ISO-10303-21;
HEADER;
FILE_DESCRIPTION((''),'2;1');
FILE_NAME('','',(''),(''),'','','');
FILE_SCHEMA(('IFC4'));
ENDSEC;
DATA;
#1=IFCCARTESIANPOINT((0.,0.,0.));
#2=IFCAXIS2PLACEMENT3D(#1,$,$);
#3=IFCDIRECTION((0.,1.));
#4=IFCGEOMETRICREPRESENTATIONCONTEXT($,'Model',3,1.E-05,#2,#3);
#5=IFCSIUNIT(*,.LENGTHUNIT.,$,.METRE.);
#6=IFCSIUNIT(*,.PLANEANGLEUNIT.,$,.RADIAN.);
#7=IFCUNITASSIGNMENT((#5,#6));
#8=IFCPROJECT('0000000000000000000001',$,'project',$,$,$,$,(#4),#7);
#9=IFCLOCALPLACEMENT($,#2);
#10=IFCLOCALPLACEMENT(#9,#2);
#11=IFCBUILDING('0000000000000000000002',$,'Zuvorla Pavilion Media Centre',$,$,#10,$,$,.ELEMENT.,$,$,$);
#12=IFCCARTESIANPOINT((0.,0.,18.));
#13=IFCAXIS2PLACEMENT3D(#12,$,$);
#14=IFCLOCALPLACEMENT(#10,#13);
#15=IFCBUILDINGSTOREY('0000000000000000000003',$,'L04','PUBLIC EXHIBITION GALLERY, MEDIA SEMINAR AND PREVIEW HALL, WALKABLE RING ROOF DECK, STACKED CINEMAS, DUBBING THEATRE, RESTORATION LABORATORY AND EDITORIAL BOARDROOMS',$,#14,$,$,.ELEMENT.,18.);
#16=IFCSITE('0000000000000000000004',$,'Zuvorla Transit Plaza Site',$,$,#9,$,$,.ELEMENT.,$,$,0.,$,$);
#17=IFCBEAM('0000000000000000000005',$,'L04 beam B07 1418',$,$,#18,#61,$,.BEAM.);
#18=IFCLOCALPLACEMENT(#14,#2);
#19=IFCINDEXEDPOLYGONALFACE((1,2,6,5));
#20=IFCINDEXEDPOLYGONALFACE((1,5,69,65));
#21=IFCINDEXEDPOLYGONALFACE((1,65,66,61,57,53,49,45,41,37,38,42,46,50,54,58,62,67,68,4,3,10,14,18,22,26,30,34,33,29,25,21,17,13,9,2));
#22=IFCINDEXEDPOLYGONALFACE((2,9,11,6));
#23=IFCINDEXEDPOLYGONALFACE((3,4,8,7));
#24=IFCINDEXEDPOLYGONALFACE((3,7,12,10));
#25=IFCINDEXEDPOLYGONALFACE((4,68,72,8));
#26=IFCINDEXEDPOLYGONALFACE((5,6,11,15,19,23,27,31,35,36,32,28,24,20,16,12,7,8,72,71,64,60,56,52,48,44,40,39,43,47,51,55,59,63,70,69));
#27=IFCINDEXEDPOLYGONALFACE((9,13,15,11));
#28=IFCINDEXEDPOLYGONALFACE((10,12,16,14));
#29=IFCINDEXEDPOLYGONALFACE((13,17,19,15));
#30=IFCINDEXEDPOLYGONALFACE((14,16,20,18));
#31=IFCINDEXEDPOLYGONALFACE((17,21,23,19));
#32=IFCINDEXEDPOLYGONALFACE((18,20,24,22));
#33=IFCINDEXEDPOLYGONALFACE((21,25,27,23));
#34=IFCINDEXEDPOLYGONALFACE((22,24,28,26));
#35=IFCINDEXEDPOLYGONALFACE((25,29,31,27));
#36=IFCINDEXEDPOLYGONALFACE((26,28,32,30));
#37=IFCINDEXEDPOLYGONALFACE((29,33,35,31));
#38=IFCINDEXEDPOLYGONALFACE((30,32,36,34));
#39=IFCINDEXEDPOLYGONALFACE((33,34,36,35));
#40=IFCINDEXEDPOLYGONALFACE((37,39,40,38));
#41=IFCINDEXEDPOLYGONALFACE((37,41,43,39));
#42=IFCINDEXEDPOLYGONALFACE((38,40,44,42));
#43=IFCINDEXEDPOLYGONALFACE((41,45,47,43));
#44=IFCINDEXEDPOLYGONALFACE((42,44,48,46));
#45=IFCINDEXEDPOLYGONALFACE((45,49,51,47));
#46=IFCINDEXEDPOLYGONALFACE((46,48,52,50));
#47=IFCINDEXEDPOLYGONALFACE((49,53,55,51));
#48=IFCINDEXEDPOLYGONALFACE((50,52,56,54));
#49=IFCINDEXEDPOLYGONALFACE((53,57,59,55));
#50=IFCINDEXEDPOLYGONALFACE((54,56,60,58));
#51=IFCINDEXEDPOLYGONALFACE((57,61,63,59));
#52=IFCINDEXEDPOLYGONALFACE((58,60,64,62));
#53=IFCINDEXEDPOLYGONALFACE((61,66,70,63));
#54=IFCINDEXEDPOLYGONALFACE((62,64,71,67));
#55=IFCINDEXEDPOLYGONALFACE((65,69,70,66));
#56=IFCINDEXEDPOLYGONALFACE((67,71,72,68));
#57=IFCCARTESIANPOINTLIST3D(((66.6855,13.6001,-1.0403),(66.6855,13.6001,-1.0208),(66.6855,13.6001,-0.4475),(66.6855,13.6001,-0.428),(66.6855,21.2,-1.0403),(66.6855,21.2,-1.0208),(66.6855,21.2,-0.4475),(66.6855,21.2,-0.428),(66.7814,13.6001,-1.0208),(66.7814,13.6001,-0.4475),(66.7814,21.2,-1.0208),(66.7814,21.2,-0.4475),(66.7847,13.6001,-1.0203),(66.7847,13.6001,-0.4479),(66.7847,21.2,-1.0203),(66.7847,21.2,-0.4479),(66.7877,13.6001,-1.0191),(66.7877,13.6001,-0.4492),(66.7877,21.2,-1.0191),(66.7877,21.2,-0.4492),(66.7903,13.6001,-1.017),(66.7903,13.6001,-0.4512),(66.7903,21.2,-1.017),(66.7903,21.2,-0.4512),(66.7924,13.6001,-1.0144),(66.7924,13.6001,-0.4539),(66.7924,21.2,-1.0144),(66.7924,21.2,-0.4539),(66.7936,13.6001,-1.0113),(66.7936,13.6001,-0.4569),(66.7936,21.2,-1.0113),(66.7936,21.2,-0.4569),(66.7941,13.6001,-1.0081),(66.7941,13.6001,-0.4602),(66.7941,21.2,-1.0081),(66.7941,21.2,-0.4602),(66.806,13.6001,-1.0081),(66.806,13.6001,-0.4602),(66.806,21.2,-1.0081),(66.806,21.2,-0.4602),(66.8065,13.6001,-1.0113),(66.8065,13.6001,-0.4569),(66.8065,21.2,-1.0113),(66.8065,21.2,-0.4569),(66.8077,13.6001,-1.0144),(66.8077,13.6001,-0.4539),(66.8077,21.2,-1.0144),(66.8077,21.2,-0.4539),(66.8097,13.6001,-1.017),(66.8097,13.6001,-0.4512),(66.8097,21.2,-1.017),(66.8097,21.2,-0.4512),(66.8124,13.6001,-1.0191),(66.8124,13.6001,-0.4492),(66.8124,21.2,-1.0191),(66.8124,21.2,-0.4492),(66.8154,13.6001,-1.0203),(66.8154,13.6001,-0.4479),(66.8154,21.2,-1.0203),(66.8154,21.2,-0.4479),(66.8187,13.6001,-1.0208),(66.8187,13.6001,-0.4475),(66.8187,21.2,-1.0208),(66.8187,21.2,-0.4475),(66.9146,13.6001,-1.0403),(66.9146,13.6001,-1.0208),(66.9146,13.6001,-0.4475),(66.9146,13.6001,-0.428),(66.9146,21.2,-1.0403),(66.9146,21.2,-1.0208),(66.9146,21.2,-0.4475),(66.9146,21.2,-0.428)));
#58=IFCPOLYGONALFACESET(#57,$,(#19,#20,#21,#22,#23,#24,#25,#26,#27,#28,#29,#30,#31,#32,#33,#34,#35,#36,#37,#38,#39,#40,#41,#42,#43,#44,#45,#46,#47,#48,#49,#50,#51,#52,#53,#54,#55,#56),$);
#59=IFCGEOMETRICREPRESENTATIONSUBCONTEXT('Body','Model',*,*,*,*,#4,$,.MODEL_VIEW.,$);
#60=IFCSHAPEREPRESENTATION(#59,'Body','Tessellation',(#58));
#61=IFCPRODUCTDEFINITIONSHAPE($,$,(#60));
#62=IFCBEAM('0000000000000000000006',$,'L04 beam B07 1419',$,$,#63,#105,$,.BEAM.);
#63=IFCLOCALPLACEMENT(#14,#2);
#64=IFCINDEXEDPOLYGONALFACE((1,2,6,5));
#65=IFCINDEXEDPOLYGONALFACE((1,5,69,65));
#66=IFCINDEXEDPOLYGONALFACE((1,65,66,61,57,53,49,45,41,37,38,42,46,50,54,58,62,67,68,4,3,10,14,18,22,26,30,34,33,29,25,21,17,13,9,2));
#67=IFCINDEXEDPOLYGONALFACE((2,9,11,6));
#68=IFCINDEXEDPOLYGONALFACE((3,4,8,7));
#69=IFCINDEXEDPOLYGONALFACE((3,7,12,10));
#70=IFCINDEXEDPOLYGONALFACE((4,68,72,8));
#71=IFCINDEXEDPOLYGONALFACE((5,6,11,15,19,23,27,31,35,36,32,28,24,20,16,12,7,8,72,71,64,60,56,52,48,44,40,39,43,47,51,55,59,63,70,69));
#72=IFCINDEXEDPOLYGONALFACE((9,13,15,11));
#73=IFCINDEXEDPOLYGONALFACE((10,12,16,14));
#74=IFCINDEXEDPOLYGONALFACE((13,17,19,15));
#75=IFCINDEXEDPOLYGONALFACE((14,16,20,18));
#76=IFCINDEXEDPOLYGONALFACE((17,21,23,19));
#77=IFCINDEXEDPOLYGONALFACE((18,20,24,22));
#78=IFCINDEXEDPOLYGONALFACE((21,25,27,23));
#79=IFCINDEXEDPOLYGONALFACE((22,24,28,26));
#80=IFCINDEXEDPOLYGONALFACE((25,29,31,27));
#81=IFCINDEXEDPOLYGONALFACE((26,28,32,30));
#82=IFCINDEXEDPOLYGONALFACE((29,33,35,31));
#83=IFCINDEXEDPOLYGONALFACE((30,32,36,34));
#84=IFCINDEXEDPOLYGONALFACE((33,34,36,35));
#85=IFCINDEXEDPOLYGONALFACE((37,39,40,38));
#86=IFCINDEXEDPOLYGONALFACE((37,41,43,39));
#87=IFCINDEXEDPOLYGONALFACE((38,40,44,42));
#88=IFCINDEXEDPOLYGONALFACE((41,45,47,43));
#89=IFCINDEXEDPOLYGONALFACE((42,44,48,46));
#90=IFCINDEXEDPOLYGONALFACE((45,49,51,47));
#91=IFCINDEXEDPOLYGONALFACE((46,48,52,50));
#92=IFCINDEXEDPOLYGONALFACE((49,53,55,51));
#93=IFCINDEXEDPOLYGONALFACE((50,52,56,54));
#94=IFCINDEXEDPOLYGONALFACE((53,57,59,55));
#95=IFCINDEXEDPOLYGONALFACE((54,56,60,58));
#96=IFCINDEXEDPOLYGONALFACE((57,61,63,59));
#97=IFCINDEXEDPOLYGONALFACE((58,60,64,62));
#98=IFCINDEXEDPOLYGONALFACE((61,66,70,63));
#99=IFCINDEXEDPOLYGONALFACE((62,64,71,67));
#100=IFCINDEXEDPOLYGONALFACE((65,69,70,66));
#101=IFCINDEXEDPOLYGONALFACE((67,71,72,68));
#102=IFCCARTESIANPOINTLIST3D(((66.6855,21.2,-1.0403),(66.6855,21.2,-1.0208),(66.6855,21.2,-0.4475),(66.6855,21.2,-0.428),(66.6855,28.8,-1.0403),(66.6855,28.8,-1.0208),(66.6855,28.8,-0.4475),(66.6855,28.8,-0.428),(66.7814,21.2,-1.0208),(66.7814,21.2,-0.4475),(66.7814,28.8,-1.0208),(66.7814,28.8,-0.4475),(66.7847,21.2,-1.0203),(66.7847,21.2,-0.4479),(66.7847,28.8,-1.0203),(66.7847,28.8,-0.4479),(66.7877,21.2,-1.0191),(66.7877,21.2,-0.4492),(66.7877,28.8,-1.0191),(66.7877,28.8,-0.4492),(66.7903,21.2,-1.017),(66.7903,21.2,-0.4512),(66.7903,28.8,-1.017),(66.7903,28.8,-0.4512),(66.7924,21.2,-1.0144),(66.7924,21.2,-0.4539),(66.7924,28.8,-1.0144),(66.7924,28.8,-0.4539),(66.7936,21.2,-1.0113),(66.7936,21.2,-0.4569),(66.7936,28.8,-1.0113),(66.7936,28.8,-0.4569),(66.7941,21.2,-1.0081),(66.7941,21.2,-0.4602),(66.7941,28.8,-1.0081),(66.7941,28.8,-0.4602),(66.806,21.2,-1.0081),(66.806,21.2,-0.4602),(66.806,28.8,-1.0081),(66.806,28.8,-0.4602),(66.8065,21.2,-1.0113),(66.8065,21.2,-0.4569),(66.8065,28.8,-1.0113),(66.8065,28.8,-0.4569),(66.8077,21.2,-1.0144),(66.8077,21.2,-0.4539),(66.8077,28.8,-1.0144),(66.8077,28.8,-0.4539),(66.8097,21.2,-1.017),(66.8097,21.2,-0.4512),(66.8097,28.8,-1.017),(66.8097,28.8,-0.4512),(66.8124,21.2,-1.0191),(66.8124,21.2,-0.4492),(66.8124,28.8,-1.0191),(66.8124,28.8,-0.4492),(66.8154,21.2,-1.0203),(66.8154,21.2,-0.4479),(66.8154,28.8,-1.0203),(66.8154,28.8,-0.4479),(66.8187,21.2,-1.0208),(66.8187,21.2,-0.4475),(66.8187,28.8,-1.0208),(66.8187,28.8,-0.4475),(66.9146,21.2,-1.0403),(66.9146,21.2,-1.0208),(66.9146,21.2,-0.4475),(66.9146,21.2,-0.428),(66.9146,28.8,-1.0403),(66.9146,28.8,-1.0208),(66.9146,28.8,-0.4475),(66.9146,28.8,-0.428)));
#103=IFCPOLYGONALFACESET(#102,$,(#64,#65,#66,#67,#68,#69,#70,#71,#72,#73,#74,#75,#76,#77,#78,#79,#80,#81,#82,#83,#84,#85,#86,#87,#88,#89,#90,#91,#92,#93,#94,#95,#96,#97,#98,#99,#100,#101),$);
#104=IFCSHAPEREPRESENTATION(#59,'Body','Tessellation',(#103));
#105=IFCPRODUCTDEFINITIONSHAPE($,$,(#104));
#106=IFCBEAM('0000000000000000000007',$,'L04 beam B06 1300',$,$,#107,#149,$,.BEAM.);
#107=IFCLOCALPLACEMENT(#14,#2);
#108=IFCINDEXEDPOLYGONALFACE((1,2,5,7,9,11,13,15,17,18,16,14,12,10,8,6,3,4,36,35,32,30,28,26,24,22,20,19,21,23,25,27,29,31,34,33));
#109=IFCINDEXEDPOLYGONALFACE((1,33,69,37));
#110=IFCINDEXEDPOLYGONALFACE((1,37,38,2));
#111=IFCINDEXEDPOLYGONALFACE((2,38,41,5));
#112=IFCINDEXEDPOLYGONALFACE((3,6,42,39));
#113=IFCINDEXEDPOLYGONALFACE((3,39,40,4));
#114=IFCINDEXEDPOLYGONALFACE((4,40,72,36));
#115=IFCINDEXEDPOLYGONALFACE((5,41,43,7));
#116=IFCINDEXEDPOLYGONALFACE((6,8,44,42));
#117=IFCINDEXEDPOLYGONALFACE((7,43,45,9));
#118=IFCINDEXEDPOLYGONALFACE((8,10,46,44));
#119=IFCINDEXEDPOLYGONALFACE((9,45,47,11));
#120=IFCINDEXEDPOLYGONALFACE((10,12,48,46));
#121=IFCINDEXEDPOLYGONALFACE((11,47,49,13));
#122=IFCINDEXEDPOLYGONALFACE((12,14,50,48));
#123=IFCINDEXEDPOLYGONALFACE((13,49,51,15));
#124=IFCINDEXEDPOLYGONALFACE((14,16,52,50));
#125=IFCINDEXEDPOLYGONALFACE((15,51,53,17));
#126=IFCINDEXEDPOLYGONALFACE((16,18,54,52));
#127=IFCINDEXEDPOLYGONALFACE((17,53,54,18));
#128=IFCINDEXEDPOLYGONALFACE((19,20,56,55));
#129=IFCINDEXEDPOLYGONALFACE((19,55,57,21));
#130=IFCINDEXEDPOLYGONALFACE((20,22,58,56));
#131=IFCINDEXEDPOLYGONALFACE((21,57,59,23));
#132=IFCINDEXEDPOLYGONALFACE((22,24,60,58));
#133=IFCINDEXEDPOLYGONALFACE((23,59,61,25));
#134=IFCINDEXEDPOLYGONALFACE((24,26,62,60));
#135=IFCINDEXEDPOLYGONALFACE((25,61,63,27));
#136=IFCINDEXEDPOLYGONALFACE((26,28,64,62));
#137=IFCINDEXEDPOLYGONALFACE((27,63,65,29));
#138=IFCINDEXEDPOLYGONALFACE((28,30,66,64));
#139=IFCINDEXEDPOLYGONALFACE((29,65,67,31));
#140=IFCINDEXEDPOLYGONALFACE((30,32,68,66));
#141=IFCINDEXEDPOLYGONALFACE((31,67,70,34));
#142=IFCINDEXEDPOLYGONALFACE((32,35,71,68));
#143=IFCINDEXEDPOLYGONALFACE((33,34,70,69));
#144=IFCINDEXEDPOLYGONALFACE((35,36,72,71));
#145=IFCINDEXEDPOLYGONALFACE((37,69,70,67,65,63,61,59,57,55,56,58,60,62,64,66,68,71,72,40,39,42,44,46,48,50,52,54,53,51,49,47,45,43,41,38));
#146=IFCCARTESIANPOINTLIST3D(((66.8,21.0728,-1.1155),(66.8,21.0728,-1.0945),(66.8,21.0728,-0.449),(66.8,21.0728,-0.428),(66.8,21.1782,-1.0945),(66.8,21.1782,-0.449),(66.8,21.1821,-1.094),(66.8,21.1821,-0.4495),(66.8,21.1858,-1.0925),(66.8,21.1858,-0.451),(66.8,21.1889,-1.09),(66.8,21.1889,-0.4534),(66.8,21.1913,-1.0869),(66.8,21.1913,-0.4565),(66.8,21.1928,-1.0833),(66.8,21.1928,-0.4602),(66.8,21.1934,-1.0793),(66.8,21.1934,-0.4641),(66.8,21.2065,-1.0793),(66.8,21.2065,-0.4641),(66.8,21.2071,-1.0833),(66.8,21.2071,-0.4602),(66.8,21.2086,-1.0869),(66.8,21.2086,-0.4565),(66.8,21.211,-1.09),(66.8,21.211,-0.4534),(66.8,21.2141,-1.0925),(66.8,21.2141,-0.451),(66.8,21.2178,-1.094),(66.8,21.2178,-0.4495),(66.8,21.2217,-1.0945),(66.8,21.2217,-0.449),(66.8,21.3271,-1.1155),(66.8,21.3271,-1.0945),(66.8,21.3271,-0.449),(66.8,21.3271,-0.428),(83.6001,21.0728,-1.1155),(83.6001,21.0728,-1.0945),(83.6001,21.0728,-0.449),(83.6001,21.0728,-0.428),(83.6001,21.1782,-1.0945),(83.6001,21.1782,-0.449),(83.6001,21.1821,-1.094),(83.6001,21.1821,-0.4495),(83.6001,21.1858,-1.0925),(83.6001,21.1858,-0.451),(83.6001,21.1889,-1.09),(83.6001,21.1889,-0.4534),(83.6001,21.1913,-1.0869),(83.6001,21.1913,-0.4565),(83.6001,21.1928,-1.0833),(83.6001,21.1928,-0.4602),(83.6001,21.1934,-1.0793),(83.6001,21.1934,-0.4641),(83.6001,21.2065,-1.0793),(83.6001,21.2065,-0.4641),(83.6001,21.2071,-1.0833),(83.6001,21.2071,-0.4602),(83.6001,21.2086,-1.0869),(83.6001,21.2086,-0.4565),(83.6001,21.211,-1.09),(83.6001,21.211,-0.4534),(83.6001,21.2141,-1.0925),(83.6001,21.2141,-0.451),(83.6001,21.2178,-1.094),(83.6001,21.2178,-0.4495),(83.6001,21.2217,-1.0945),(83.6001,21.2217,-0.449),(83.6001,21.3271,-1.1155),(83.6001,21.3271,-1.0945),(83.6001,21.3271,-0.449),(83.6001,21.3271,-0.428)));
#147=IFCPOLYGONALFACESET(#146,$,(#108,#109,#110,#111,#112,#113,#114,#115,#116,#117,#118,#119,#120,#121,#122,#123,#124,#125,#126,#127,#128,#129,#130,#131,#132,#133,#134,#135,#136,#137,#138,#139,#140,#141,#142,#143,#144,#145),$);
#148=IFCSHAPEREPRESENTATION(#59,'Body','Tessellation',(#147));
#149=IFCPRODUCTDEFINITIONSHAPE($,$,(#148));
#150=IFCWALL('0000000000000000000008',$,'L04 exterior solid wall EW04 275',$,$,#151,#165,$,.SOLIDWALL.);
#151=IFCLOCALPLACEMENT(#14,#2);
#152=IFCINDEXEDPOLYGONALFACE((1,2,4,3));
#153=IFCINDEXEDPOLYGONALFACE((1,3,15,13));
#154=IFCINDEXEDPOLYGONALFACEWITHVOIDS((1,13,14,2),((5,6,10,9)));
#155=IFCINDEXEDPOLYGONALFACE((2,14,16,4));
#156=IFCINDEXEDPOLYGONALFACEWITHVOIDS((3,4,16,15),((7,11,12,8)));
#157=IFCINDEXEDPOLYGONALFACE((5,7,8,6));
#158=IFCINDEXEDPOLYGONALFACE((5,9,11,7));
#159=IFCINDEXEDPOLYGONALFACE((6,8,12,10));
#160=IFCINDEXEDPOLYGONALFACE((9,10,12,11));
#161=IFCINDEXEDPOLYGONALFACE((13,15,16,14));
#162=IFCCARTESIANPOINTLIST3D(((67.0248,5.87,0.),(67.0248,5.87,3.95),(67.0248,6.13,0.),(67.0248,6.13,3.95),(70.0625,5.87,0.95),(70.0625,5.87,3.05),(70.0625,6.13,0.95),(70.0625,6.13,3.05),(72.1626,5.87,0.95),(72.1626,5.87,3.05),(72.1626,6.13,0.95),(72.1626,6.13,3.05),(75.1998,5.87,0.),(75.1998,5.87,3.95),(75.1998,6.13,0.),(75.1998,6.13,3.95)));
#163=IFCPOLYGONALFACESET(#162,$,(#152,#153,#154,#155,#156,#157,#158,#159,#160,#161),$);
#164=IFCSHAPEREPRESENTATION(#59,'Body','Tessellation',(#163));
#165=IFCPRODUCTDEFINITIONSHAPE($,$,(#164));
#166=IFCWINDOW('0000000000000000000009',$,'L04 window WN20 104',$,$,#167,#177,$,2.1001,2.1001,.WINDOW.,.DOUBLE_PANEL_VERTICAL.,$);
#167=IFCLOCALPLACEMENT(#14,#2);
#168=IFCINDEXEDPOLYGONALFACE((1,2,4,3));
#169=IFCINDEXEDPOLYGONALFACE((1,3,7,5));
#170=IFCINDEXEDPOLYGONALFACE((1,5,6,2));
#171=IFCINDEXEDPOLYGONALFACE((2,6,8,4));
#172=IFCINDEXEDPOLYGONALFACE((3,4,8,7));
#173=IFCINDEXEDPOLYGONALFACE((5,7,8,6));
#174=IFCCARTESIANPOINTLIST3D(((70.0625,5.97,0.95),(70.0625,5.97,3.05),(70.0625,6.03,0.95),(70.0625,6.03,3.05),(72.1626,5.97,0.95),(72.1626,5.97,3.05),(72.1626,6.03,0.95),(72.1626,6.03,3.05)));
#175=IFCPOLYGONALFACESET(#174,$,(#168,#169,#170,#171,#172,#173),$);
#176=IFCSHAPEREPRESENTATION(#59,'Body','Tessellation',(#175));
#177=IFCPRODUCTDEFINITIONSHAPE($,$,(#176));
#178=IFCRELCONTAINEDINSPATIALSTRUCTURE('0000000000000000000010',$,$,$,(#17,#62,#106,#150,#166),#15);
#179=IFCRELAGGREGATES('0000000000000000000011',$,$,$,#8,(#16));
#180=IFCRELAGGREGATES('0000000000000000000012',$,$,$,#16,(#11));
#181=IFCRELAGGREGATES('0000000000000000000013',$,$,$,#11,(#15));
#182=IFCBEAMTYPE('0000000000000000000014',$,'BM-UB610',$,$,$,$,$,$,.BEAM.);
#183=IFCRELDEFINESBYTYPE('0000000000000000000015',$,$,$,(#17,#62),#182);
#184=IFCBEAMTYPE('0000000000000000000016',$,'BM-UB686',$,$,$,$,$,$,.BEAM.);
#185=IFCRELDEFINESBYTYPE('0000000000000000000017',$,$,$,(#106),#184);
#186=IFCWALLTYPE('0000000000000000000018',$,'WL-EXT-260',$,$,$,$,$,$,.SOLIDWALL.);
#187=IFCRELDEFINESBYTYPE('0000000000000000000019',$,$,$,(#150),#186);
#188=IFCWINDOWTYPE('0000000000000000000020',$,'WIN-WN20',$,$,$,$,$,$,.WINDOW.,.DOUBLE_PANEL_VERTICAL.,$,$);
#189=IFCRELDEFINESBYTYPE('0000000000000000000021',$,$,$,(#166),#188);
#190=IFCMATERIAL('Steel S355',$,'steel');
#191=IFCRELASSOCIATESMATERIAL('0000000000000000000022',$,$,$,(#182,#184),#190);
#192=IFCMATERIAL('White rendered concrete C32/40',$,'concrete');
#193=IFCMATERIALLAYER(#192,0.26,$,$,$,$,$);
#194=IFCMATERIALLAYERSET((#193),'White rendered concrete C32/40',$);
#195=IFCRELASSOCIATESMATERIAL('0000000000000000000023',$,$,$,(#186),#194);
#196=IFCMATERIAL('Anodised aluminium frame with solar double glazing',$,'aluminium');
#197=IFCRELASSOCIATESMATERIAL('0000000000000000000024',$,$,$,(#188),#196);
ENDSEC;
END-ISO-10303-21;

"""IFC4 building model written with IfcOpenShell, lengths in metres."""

from ifc_helpers import new_model, si_unit, direction, frame, frame_2d, origin, origin_2d, place, context, subcontext, project, spatial, rectangle, i_section, extrude, material, layer, layer_set, material_profile, profile_set, type_object, element, fill, save


model = new_model("IFC4")

# Units and contexts
model_context = context("Model", 3, precision=1e-05, world=origin(), true_north=direction((0.0, 1.0)))
body_context = subcontext(model_context, "Body", "Model", "MODEL_VIEW")
ifc_project = project(units=[si_unit("LENGTHUNIT", "METRE"), si_unit("PLANEANGLEUNIT", "RADIAN")], contexts=[model_context])

# Site, building, storey
site_placement = place(None, origin())
site = spatial("IfcSite", under=ifc_project, at=site_placement, Name="Zuvorla Transit Plaza Site", CompositionType="ELEMENT", RefElevation=0.0)
building_placement = place(site_placement, origin())
building = spatial("IfcBuilding", under=site, at=building_placement, Name="Zuvorla Pavilion Media Centre", CompositionType="ELEMENT")
storey_placement = place(building_placement, frame((0.0, 0.0, 18.0)))
storey = spatial("IfcBuildingStorey", under=building, at=storey_placement, Name="L04", Description="PUBLIC EXHIBITION GALLERY, MEDIA SEMINAR AND PREVIEW HALL, WALKABLE RING ROOF DECK, STACKED CINEMAS, DUBBING THEATRE, RESTORATION LABORATORY AND EDITORIAL BOARDROOMS", CompositionType="ELEMENT", Elevation=18.0)

# Beams
ifc_material_1 = material(Name="Steel S355", Category="steel")
ifc_material_profile_1 = material_profile(ifc_material_1, i_section(OverallWidth=0.229, OverallDepth=0.6123, WebThickness=0.012, FlangeThickness=0.0195, FilletRadius=0.0127, at=origin_2d()), Name="UB 610x229x125")
ifc_profile_set_1 = profile_set([ifc_material_profile_1], Name="Steel S355")
beam_type_1 = type_object("IfcBeamType", Name="BM-UB610", PredefinedType="BEAM", material=ifc_profile_set_1)
beam_1_placement = place(storey_placement, frame((66.8, 13.6001, -0.7341), z_axis=(0.0, 1.0, 0.0), x_axis=(-1.0, 0.0, 0.0)))
element("IfcBeam", 1, at=beam_1_placement, inside=storey, type_object=beam_type_1, Name="L04 beam B07 1418", PredefinedType="BEAM", context=body_context, shape_type="SweptSolid", body=[
    extrude(i_section(OverallWidth=0.229, OverallDepth=0.6123, WebThickness=0.012, FlangeThickness=0.0195, FilletRadius=0.0127, at=origin_2d()), origin(), (0.0, 0.0, 1.0), 7.5999),
])
beam_2_placement = place(storey_placement, frame((66.8, 21.2, -0.7341), z_axis=(0.0, 1.0, 0.0), x_axis=(-1.0, 0.0, 0.0)))
element("IfcBeam", 2, at=beam_2_placement, inside=storey, type_object=beam_type_1, Name="L04 beam B07 1419", PredefinedType="BEAM", context=body_context, shape_type="SweptSolid", body=[
    extrude(i_section(OverallWidth=0.229, OverallDepth=0.6123, WebThickness=0.012, FlangeThickness=0.0195, FilletRadius=0.0127, at=origin_2d()), origin(), (0.0, 0.0, 1.0), 7.6001),
])
ifc_material_profile_2 = material_profile(ifc_material_1, i_section(OverallWidth=0.2544, OverallDepth=0.6875, WebThickness=0.0132, FlangeThickness=0.021, FilletRadius=0.0151, at=origin_2d()), Name="UB 686x254x152")
ifc_profile_set_2 = profile_set([ifc_material_profile_2], Name="Steel S355")
beam_type_2 = type_object("IfcBeamType", Name="BM-UB686", PredefinedType="BEAM", material=ifc_profile_set_2)
beam_3_placement = place(storey_placement, frame((66.8, 21.2, -0.7717), z_axis=(1.0, 0.0, 0.0), x_axis=(0.0, 1.0, 0.0)))
element("IfcBeam", 3, at=beam_3_placement, inside=storey, type_object=beam_type_2, Name="L04 beam B06 1300", PredefinedType="BEAM", context=body_context, shape_type="SweptSolid", body=[
    extrude(i_section(OverallWidth=0.2544, OverallDepth=0.6875, WebThickness=0.0132, FlangeThickness=0.021, FilletRadius=0.0151, at=origin_2d()), origin(), (0.0, 0.0, 1.0), 16.8),
])

# Wall, opening, window
ifc_material_2 = material(Name="White rendered concrete C32/40", Category="concrete")
ifc_layer_1 = layer(ifc_material_2, 0.26)
ifc_layer_set_1 = layer_set([ifc_layer_1], Name="White rendered concrete C32/40")
wall_type_1 = type_object("IfcWallType", Name="WL-EXT-260", PredefinedType="SOLIDWALL", material=ifc_layer_set_1)
wall_1_placement = place(storey_placement, frame((67.0249, 6.0, 0.0), z_axis=(0.0, 0.0, 1.0), x_axis=(1.0, 0.0, 0.0)))
wall_1 = element("IfcWall", 4, at=wall_1_placement, inside=storey, type_object=wall_type_1, Name="L04 exterior solid wall EW04 275", PredefinedType="SOLIDWALL", context=body_context, shape_type="SweptSolid", body=[
    extrude(rectangle(XDim=8.175, YDim=0.26, at=frame_2d((4.0874, 0.0))), origin(), (0.0, 0.0, 1.0), 3.95),
])
opening_1_placement = place(wall_1_placement, frame((3.0376, 0.0, 0.95)))
opening_1 = element("IfcOpeningElement", 5, at=opening_1_placement, cuts=wall_1, PredefinedType="OPENING", context=body_context, shape_type="SweptSolid", body=[
    extrude(rectangle(XDim=2.1001, YDim=2.1001, at=frame_2d((1.05, 1.05))), frame((0.0, 0.1399, 0.0), z_axis=(0.0, -1.0, 0.0), x_axis=(1.0, 0.0, 0.0)), (0.0, 0.0, 1.0), 0.28),
])
ifc_material_3 = material(Name="Anodised aluminium frame with solar double glazing", Category="aluminium")
window_type_1 = type_object("IfcWindowType", Name="WIN-WN20", PartitioningType="DOUBLE_PANEL_VERTICAL", PredefinedType="WINDOW", material=ifc_material_3)
window_1_placement = place(opening_1_placement, origin())
window_1 = element("IfcWindow", 6, at=window_1_placement, inside=storey, type_object=window_type_1, Name="L04 window WN20 104", OverallHeight=2.1001, OverallWidth=2.1001, PartitioningType="DOUBLE_PANEL_VERTICAL", PredefinedType="WINDOW", context=body_context, shape_type="SweptSolid", body=[
    extrude(rectangle(XDim=2.1001, YDim=2.1001, at=frame_2d((1.05, 1.05))), frame((0.0, 0.03, 0.0), z_axis=(0.0, -1.0, 0.0), x_axis=(1.0, 0.0, 0.0)), (0.0, 0.0, 1.0), 0.0601),
])
fill(opening_1, window_1)

save(model, "model.ifc")
